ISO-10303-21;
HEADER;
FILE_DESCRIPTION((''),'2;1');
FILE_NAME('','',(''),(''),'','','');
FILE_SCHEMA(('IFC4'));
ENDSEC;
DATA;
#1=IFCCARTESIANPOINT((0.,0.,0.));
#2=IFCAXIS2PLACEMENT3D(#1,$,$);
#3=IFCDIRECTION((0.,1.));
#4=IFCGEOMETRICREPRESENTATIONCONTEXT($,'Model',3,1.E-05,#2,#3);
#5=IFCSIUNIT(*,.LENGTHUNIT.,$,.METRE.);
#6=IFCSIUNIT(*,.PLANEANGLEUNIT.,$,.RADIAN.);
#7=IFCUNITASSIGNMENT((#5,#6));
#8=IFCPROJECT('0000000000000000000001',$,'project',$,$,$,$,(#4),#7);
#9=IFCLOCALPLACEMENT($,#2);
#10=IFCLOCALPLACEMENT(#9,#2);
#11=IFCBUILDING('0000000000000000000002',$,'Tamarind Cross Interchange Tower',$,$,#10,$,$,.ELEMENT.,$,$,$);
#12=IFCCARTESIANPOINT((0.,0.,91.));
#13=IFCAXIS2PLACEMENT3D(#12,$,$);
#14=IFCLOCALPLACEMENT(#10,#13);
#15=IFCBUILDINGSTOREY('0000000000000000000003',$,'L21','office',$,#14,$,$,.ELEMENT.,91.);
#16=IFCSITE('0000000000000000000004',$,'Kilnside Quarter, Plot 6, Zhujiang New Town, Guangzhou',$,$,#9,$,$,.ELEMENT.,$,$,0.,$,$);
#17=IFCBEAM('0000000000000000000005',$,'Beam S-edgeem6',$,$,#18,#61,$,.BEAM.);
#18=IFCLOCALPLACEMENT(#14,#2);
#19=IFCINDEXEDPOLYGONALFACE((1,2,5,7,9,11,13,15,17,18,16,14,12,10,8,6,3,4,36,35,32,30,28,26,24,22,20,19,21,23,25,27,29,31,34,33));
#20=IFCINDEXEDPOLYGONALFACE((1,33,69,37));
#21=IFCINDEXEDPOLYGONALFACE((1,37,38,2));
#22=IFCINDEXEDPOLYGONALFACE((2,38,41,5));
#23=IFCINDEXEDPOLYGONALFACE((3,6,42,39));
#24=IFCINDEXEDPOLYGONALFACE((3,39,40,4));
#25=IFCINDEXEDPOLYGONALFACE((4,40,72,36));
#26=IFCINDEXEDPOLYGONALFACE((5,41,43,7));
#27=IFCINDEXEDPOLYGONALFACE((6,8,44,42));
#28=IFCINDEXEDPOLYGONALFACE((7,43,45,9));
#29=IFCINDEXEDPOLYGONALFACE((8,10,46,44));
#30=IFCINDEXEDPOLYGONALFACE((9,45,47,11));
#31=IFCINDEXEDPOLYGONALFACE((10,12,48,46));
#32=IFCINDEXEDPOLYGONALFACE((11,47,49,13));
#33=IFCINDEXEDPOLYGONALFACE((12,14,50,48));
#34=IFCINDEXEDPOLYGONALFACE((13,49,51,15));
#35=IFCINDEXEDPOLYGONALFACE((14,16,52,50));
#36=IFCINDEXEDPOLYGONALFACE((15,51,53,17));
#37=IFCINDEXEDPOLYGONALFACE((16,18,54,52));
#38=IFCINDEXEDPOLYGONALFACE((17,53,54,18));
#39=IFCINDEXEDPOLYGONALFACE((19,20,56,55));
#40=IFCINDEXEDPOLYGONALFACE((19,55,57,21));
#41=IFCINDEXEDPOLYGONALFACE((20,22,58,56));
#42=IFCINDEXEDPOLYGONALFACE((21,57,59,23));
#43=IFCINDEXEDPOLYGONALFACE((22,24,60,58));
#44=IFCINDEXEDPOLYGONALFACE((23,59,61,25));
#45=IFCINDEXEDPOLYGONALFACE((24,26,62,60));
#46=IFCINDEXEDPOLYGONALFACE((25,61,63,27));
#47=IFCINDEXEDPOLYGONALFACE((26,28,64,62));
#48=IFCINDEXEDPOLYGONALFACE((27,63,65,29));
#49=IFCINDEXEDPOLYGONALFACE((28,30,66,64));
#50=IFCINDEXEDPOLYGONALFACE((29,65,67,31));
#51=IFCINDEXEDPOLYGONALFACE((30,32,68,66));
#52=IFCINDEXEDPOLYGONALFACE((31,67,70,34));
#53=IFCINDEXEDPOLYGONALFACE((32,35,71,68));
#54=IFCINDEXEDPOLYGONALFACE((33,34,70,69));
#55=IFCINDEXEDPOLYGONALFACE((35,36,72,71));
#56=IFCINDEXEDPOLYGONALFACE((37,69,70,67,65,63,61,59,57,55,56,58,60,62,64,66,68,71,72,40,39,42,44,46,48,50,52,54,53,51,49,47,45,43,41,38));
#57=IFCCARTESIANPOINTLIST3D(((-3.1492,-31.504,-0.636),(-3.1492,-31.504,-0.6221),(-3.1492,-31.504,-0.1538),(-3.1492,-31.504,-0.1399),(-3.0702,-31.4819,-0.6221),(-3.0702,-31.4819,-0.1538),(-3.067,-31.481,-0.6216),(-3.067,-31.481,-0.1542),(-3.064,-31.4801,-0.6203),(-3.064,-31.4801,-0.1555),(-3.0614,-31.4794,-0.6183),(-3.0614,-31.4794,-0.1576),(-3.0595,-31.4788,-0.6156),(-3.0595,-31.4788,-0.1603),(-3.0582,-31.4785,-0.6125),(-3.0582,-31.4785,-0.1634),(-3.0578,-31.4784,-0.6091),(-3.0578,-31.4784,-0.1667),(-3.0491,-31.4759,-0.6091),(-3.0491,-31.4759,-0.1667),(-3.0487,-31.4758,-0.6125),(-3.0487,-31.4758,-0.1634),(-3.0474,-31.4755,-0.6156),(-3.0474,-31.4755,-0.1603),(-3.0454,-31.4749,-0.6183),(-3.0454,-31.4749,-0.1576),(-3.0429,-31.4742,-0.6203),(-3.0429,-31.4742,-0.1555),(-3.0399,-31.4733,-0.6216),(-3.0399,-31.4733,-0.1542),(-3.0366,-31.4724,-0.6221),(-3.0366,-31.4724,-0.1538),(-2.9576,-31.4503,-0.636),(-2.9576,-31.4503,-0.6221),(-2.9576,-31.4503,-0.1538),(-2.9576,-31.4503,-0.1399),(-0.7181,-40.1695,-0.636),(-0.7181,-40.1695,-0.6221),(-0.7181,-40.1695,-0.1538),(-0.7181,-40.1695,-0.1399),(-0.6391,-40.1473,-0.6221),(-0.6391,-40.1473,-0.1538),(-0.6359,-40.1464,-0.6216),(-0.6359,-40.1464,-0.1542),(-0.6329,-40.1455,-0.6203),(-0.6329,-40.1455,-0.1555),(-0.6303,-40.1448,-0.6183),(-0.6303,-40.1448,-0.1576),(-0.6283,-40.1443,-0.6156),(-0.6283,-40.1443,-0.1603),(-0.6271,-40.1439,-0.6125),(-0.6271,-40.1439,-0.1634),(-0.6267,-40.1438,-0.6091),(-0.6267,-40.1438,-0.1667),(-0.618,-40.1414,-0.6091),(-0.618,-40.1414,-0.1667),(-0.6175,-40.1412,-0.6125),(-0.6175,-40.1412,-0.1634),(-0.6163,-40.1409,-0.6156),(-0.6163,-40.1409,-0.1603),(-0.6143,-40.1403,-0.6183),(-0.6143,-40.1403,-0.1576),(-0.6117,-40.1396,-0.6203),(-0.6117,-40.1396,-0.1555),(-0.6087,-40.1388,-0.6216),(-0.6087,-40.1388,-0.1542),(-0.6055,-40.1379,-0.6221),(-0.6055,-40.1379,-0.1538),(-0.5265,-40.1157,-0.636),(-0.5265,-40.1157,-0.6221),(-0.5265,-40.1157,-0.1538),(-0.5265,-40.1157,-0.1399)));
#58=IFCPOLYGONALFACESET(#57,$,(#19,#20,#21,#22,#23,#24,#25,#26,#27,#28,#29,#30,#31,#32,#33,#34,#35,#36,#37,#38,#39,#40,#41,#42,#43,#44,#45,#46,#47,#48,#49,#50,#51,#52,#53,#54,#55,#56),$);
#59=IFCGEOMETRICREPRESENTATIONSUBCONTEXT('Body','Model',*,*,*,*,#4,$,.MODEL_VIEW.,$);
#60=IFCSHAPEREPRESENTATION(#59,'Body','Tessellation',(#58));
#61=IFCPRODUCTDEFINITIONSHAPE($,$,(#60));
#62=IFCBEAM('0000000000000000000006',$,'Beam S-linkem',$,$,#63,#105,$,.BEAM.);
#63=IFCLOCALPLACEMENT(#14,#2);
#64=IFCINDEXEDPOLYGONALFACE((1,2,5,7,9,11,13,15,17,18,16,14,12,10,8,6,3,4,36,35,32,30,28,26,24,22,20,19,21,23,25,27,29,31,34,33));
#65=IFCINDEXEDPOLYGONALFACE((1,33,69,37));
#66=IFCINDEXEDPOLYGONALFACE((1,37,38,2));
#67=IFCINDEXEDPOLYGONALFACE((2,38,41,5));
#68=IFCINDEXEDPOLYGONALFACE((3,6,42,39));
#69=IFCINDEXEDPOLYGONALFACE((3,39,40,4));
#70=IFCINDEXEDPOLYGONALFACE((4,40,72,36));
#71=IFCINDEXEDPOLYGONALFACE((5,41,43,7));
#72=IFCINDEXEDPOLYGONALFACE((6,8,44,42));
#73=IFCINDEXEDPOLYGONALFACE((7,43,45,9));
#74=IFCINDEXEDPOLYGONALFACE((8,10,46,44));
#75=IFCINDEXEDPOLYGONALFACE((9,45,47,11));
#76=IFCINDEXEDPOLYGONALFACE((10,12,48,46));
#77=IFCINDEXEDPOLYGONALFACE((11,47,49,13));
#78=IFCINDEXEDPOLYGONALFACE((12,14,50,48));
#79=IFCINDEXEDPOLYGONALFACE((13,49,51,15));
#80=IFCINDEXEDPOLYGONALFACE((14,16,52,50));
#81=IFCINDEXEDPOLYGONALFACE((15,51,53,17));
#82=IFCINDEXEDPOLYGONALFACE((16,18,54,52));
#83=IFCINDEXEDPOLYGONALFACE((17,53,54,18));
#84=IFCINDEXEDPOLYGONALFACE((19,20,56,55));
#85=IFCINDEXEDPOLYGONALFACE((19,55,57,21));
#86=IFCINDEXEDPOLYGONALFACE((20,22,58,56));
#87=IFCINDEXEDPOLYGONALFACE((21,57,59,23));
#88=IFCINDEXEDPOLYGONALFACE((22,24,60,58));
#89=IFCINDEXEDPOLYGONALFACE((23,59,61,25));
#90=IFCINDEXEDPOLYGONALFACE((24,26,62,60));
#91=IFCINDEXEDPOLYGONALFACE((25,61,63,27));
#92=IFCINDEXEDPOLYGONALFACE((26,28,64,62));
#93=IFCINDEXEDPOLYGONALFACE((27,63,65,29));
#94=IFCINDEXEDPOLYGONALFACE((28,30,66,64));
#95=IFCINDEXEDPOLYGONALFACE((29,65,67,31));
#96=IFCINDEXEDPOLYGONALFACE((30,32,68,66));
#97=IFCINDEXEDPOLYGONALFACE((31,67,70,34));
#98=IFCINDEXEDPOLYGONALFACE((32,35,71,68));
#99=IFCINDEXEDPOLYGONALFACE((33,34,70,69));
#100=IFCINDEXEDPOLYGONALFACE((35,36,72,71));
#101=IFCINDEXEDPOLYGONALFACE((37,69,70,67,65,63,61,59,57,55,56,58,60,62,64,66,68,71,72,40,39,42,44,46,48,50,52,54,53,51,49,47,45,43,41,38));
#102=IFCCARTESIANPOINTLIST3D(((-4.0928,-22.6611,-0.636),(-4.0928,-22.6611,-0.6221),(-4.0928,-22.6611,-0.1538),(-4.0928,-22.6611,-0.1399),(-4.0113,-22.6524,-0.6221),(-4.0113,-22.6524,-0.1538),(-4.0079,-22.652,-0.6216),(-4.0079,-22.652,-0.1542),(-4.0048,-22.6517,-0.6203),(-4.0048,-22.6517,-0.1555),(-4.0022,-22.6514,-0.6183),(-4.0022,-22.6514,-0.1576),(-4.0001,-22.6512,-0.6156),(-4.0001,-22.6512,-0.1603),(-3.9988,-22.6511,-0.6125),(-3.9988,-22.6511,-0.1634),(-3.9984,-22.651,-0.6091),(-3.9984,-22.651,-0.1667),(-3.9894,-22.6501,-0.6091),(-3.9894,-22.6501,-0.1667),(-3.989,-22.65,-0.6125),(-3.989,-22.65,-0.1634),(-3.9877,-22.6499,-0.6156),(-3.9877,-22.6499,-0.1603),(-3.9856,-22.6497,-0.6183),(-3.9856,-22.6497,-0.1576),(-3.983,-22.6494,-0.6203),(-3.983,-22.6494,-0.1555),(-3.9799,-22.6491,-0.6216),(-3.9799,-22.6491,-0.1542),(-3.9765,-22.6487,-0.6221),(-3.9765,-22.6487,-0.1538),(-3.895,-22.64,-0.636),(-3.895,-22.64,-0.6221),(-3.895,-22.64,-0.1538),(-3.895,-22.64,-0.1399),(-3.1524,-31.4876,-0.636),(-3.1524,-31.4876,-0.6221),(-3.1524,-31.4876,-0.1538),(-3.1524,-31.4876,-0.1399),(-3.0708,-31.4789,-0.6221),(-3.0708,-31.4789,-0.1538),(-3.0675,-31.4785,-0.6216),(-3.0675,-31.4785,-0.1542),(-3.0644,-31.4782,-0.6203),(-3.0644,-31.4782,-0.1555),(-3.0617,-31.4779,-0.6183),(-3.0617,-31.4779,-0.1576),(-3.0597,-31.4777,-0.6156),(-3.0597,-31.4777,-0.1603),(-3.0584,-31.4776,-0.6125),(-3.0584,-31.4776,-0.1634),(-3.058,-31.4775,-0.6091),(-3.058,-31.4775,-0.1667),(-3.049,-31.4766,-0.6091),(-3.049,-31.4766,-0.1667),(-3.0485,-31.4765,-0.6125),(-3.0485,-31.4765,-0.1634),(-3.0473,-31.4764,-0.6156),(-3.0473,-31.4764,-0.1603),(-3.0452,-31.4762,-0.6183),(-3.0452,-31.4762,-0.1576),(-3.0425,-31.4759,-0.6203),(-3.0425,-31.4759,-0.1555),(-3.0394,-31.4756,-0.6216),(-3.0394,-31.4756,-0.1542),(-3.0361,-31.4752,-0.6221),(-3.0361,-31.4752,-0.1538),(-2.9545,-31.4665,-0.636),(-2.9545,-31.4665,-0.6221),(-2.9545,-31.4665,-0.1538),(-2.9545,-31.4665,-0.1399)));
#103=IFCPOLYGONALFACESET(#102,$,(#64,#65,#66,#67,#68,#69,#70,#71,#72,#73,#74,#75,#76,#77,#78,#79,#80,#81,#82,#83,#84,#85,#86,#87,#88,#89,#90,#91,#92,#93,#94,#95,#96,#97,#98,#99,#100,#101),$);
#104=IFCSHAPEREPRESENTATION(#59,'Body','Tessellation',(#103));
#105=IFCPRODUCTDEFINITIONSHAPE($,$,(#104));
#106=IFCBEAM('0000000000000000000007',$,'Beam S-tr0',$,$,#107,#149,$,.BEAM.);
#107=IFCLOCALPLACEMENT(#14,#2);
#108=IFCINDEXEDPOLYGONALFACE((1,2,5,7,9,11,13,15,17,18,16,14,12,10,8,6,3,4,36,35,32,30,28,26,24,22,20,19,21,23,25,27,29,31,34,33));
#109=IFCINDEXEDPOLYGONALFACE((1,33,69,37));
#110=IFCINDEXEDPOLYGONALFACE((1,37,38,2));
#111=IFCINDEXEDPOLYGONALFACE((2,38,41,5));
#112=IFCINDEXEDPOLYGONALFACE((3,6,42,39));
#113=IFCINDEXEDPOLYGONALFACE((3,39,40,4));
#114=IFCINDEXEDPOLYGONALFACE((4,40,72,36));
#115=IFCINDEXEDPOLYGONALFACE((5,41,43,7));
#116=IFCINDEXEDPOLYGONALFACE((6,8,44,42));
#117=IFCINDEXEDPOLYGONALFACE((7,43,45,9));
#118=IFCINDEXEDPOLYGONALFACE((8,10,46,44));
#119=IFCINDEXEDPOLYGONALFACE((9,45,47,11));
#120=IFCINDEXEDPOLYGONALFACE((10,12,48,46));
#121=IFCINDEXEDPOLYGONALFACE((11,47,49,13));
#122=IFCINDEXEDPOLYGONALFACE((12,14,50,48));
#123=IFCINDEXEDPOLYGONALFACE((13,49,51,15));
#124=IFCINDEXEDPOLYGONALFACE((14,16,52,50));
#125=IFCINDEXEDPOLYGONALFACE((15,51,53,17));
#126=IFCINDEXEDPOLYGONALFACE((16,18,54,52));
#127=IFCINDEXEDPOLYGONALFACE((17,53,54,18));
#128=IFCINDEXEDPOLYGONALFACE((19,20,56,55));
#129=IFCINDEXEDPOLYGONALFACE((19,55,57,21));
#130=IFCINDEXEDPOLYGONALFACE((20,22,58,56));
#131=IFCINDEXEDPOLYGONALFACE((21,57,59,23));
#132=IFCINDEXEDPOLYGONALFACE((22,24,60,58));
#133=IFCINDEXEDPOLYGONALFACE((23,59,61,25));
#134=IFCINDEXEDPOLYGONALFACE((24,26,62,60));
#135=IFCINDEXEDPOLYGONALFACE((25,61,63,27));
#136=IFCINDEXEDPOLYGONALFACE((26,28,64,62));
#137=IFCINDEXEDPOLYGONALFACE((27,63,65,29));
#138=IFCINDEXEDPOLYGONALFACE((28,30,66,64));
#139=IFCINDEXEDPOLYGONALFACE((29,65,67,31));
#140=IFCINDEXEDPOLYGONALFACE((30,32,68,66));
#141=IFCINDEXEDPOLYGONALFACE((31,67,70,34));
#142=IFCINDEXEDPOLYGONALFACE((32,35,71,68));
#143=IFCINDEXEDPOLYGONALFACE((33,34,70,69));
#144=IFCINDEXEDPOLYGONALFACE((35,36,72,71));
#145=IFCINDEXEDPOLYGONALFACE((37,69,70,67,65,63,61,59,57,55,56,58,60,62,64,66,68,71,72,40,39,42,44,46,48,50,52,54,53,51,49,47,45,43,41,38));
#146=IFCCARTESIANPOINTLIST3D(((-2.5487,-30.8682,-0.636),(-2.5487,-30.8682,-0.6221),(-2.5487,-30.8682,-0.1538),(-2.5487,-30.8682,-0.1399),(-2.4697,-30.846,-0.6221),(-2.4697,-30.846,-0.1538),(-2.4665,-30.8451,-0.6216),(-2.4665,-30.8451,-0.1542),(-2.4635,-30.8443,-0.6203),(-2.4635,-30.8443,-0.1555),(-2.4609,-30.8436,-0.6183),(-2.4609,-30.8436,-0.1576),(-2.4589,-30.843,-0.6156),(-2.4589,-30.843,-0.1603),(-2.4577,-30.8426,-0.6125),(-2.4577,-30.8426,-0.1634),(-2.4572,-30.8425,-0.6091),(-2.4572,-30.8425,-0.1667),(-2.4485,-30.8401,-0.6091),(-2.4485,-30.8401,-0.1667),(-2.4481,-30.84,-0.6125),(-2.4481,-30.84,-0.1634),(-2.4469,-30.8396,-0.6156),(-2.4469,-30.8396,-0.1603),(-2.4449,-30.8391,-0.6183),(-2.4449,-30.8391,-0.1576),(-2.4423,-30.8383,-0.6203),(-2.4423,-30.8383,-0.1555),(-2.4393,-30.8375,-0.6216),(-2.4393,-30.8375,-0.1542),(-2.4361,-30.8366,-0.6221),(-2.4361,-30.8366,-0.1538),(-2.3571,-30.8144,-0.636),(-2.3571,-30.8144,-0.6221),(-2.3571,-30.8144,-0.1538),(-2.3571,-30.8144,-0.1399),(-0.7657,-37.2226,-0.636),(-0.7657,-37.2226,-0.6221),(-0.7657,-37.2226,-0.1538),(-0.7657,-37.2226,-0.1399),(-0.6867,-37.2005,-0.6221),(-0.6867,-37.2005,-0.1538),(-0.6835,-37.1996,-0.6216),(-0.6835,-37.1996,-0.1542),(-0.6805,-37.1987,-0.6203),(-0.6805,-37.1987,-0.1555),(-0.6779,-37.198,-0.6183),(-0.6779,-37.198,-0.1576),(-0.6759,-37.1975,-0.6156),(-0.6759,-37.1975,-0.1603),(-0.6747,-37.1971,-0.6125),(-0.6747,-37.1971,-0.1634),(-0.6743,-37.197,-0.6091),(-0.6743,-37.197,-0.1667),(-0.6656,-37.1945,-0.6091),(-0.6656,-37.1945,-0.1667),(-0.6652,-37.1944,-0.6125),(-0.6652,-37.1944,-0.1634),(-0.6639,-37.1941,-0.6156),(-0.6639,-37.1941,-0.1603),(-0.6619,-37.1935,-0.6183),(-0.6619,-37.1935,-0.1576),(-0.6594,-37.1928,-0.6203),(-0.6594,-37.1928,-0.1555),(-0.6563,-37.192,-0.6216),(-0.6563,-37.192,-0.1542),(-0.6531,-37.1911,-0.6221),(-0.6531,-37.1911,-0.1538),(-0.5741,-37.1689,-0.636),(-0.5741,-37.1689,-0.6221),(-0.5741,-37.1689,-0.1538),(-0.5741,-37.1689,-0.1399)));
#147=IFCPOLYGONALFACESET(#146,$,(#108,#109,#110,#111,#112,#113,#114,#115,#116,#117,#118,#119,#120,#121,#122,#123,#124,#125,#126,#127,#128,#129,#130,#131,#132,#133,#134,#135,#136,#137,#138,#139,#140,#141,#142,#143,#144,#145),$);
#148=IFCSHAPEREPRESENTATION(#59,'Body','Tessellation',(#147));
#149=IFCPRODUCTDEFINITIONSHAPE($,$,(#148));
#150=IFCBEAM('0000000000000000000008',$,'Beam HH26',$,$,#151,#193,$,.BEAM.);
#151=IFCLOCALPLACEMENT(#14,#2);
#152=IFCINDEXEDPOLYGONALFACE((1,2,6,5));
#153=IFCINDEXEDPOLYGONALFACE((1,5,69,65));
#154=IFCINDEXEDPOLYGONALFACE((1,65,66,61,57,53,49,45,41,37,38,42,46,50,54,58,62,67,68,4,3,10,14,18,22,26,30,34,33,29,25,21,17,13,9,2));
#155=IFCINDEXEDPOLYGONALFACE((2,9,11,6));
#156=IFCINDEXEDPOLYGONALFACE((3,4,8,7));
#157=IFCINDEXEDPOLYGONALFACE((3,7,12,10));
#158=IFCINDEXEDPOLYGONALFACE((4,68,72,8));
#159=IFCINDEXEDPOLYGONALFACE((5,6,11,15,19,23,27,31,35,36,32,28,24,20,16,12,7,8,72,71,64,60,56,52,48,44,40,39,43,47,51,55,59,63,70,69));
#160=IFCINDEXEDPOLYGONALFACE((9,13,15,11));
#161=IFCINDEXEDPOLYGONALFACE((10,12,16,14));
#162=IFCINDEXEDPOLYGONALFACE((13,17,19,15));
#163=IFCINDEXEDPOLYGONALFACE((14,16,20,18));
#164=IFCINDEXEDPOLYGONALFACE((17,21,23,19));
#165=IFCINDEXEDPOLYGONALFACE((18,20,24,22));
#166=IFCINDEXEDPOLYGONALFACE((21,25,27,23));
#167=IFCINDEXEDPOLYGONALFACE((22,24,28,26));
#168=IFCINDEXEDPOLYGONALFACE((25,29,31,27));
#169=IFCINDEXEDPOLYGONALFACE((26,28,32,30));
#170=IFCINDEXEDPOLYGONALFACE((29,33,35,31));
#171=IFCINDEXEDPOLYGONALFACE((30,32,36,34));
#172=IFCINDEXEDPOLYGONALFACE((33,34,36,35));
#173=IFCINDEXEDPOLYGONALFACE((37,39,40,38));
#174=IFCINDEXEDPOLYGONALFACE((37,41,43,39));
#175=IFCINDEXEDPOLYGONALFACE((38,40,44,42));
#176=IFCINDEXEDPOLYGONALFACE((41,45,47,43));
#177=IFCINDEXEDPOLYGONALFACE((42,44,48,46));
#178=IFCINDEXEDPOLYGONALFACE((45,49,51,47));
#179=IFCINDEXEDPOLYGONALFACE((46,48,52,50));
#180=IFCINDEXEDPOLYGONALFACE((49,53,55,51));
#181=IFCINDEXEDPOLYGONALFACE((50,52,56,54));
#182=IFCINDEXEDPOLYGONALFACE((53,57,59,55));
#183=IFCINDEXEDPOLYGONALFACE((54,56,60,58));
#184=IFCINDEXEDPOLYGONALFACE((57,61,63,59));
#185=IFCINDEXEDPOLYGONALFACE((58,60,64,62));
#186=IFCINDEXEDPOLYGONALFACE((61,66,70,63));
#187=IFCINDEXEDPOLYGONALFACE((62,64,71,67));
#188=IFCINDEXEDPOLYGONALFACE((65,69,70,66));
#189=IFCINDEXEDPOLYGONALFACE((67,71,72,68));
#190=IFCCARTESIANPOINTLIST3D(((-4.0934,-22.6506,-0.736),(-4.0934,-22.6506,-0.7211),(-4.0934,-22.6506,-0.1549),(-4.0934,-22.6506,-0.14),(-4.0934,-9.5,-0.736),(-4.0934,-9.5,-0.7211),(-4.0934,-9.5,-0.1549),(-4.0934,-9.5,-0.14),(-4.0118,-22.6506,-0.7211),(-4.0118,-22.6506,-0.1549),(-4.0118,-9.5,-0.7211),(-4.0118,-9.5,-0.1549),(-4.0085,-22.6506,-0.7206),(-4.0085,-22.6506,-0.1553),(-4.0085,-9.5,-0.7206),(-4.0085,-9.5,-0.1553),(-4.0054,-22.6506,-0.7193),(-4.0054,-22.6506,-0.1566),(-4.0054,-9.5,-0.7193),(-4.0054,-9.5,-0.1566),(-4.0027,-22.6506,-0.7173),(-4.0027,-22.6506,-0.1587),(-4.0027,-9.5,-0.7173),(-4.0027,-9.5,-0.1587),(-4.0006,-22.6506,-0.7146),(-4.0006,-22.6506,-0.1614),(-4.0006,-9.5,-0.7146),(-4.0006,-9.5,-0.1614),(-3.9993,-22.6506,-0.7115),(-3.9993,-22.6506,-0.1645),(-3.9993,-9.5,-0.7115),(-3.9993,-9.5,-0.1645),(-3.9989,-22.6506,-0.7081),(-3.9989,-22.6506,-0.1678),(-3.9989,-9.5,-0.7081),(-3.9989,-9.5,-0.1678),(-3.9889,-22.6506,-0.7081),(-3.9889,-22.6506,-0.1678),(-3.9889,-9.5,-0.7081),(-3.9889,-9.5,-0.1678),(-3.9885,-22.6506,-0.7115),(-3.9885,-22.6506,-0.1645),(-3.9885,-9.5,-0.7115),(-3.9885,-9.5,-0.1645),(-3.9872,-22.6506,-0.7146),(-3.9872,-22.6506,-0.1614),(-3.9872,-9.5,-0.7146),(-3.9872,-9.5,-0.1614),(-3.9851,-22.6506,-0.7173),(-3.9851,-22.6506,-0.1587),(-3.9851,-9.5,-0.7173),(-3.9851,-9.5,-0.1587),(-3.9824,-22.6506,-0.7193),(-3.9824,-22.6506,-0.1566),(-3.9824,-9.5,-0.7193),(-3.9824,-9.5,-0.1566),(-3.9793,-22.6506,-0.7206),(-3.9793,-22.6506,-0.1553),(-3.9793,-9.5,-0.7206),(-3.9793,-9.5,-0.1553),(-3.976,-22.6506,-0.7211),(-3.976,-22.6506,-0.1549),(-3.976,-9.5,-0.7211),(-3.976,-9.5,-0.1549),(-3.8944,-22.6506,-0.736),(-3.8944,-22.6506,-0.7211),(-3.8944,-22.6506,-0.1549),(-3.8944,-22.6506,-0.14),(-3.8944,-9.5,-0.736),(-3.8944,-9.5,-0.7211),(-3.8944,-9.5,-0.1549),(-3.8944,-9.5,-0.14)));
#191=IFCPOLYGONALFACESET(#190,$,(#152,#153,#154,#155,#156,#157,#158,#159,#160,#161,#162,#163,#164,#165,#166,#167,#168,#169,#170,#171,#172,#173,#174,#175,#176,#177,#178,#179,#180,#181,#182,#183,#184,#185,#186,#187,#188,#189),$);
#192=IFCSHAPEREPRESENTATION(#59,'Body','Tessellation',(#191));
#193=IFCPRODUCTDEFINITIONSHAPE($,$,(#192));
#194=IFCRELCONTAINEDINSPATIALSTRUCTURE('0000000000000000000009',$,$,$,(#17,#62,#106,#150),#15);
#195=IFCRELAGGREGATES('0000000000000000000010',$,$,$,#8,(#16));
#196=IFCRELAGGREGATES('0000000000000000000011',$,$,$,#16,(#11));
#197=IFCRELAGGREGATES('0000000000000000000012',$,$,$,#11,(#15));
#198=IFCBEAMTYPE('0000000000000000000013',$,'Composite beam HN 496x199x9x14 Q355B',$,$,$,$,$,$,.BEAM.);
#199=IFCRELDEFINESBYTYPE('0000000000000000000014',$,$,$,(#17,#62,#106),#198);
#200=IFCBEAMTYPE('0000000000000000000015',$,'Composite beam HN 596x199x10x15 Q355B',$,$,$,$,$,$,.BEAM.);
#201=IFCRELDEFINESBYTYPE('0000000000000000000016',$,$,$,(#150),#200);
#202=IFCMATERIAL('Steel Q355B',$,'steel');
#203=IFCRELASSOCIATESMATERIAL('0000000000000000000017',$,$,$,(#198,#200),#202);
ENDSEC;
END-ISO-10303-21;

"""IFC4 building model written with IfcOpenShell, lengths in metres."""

from ifc_helpers import new_model, si_unit, direction, frame, origin, origin_2d, place, context, subcontext, project, spatial, i_section, extrude, material, material_profile, profile_set, type_object, element, save


model = new_model("IFC4")

# Units and contexts
model_context = context("Model", 3, precision=1e-05, world=origin(), true_north=direction((0.0, 1.0)))
body_context = subcontext(model_context, "Body", "Model", "MODEL_VIEW")
ifc_project = project(units=[si_unit("LENGTHUNIT", "METRE"), si_unit("PLANEANGLEUNIT", "RADIAN")], contexts=[model_context])

# Site, building, storey
site_placement = place(None, origin())
site = spatial("IfcSite", under=ifc_project, at=site_placement, Name="Kilnside Quarter, Plot 6, Zhujiang New Town, Guangzhou", CompositionType="ELEMENT", RefElevation=0.0)
building_placement = place(site_placement, origin())
building = spatial("IfcBuilding", under=site, at=building_placement, Name="Tamarind Cross Interchange Tower", CompositionType="ELEMENT")
storey_placement = place(building_placement, frame((0.0, 0.0, 91.0)))
storey = spatial("IfcBuildingStorey", under=building, at=storey_placement, Name="L21", Description="office", CompositionType="ELEMENT", Elevation=91.0)

# Beams
ifc_material_1 = material(Name="Steel Q355B", Category="steel")
ifc_material_profile_1 = material_profile(ifc_material_1, i_section(OverallWidth=0.199, OverallDepth=0.4961, WebThickness=0.009, FlangeThickness=0.0139, FilletRadius=0.0129, at=origin_2d()), Name="HN 496x199x9x14")
ifc_profile_set_1 = profile_set([ifc_material_profile_1], Name="Steel Q355B")
beam_type_1 = type_object("IfcBeamType", Name="Composite beam HN 496x199x9x14 Q355B", PredefinedType="BEAM", material=ifc_profile_set_1)
beam_1_placement = place(storey_placement, frame((-0.6223, -40.1426, -0.3879), z_axis=(-0.270125, 0.962825, 0.0), x_axis=(-0.962825, -0.270125, 0.0)))
element("IfcBeam", 1, at=beam_1_placement, inside=storey, type_object=beam_type_1, Name="Beam S-edgeem6", PredefinedType="BEAM", context=body_context, shape_type="SweptSolid", body=[
    extrude(i_section(OverallWidth=0.199, OverallDepth=0.4961, WebThickness=0.009, FlangeThickness=0.0139, FilletRadius=0.0129, at=origin_2d()), origin(), (0.0, 0.0, 1.0), 9.0),
])
beam_2_placement = place(storey_placement, frame((-3.0535, -31.4771, -0.3879), z_axis=(-0.105947, 0.994372, 0.0), x_axis=(-0.994372, -0.105947, 0.0)))
element("IfcBeam", 2, at=beam_2_placement, inside=storey, type_object=beam_type_1, Name="Beam S-linkem", PredefinedType="BEAM", context=body_context, shape_type="SweptSolid", body=[
    extrude(i_section(OverallWidth=0.199, OverallDepth=0.4961, WebThickness=0.009, FlangeThickness=0.0139, FilletRadius=0.0129, at=origin_2d()), origin(), (0.0, 0.0, 1.0), 8.8765),
])
beam_3_placement = place(storey_placement, frame((-2.4529, -30.8413, -0.3879), z_axis=(0.27015, -0.962818, 0.0), x_axis=(0.962818, 0.27015, 0.0)))
element("IfcBeam", 3, at=beam_3_placement, inside=storey, type_object=beam_type_1, Name="Beam S-tr0", PredefinedType="BEAM", context=body_context, shape_type="SweptSolid", body=[
    extrude(i_section(OverallWidth=0.199, OverallDepth=0.4961, WebThickness=0.009, FlangeThickness=0.0139, FilletRadius=0.0129, at=origin_2d()), origin(), (0.0, 0.0, 1.0), 6.5999),
])
ifc_material_profile_2 = material_profile(ifc_material_1, i_section(OverallWidth=0.199, OverallDepth=0.5959, WebThickness=0.01, FlangeThickness=0.0149, FilletRadius=0.0129, at=origin_2d()), Name="HN 596x199x10x15")
ifc_profile_set_2 = profile_set([ifc_material_profile_2], Name="Steel Q355B")
beam_type_2 = type_object("IfcBeamType", Name="Composite beam HN 596x199x10x15 Q355B", PredefinedType="BEAM", material=ifc_profile_set_2)
beam_4_placement = place(storey_placement, frame((-3.9939, -22.6506, -0.438), z_axis=(0.0, 1.0, 0.0), x_axis=(-1.0, 0.0, 0.0)))
element("IfcBeam", 4, at=beam_4_placement, inside=storey, type_object=beam_type_2, Name="Beam HH26", PredefinedType="BEAM", context=body_context, shape_type="SweptSolid", body=[
    extrude(i_section(OverallWidth=0.199, OverallDepth=0.5959, WebThickness=0.01, FlangeThickness=0.0149, FilletRadius=0.0129, at=origin_2d()), origin(), (0.0, 0.0, 1.0), 13.1506),
])

save(model, "model.ifc")
